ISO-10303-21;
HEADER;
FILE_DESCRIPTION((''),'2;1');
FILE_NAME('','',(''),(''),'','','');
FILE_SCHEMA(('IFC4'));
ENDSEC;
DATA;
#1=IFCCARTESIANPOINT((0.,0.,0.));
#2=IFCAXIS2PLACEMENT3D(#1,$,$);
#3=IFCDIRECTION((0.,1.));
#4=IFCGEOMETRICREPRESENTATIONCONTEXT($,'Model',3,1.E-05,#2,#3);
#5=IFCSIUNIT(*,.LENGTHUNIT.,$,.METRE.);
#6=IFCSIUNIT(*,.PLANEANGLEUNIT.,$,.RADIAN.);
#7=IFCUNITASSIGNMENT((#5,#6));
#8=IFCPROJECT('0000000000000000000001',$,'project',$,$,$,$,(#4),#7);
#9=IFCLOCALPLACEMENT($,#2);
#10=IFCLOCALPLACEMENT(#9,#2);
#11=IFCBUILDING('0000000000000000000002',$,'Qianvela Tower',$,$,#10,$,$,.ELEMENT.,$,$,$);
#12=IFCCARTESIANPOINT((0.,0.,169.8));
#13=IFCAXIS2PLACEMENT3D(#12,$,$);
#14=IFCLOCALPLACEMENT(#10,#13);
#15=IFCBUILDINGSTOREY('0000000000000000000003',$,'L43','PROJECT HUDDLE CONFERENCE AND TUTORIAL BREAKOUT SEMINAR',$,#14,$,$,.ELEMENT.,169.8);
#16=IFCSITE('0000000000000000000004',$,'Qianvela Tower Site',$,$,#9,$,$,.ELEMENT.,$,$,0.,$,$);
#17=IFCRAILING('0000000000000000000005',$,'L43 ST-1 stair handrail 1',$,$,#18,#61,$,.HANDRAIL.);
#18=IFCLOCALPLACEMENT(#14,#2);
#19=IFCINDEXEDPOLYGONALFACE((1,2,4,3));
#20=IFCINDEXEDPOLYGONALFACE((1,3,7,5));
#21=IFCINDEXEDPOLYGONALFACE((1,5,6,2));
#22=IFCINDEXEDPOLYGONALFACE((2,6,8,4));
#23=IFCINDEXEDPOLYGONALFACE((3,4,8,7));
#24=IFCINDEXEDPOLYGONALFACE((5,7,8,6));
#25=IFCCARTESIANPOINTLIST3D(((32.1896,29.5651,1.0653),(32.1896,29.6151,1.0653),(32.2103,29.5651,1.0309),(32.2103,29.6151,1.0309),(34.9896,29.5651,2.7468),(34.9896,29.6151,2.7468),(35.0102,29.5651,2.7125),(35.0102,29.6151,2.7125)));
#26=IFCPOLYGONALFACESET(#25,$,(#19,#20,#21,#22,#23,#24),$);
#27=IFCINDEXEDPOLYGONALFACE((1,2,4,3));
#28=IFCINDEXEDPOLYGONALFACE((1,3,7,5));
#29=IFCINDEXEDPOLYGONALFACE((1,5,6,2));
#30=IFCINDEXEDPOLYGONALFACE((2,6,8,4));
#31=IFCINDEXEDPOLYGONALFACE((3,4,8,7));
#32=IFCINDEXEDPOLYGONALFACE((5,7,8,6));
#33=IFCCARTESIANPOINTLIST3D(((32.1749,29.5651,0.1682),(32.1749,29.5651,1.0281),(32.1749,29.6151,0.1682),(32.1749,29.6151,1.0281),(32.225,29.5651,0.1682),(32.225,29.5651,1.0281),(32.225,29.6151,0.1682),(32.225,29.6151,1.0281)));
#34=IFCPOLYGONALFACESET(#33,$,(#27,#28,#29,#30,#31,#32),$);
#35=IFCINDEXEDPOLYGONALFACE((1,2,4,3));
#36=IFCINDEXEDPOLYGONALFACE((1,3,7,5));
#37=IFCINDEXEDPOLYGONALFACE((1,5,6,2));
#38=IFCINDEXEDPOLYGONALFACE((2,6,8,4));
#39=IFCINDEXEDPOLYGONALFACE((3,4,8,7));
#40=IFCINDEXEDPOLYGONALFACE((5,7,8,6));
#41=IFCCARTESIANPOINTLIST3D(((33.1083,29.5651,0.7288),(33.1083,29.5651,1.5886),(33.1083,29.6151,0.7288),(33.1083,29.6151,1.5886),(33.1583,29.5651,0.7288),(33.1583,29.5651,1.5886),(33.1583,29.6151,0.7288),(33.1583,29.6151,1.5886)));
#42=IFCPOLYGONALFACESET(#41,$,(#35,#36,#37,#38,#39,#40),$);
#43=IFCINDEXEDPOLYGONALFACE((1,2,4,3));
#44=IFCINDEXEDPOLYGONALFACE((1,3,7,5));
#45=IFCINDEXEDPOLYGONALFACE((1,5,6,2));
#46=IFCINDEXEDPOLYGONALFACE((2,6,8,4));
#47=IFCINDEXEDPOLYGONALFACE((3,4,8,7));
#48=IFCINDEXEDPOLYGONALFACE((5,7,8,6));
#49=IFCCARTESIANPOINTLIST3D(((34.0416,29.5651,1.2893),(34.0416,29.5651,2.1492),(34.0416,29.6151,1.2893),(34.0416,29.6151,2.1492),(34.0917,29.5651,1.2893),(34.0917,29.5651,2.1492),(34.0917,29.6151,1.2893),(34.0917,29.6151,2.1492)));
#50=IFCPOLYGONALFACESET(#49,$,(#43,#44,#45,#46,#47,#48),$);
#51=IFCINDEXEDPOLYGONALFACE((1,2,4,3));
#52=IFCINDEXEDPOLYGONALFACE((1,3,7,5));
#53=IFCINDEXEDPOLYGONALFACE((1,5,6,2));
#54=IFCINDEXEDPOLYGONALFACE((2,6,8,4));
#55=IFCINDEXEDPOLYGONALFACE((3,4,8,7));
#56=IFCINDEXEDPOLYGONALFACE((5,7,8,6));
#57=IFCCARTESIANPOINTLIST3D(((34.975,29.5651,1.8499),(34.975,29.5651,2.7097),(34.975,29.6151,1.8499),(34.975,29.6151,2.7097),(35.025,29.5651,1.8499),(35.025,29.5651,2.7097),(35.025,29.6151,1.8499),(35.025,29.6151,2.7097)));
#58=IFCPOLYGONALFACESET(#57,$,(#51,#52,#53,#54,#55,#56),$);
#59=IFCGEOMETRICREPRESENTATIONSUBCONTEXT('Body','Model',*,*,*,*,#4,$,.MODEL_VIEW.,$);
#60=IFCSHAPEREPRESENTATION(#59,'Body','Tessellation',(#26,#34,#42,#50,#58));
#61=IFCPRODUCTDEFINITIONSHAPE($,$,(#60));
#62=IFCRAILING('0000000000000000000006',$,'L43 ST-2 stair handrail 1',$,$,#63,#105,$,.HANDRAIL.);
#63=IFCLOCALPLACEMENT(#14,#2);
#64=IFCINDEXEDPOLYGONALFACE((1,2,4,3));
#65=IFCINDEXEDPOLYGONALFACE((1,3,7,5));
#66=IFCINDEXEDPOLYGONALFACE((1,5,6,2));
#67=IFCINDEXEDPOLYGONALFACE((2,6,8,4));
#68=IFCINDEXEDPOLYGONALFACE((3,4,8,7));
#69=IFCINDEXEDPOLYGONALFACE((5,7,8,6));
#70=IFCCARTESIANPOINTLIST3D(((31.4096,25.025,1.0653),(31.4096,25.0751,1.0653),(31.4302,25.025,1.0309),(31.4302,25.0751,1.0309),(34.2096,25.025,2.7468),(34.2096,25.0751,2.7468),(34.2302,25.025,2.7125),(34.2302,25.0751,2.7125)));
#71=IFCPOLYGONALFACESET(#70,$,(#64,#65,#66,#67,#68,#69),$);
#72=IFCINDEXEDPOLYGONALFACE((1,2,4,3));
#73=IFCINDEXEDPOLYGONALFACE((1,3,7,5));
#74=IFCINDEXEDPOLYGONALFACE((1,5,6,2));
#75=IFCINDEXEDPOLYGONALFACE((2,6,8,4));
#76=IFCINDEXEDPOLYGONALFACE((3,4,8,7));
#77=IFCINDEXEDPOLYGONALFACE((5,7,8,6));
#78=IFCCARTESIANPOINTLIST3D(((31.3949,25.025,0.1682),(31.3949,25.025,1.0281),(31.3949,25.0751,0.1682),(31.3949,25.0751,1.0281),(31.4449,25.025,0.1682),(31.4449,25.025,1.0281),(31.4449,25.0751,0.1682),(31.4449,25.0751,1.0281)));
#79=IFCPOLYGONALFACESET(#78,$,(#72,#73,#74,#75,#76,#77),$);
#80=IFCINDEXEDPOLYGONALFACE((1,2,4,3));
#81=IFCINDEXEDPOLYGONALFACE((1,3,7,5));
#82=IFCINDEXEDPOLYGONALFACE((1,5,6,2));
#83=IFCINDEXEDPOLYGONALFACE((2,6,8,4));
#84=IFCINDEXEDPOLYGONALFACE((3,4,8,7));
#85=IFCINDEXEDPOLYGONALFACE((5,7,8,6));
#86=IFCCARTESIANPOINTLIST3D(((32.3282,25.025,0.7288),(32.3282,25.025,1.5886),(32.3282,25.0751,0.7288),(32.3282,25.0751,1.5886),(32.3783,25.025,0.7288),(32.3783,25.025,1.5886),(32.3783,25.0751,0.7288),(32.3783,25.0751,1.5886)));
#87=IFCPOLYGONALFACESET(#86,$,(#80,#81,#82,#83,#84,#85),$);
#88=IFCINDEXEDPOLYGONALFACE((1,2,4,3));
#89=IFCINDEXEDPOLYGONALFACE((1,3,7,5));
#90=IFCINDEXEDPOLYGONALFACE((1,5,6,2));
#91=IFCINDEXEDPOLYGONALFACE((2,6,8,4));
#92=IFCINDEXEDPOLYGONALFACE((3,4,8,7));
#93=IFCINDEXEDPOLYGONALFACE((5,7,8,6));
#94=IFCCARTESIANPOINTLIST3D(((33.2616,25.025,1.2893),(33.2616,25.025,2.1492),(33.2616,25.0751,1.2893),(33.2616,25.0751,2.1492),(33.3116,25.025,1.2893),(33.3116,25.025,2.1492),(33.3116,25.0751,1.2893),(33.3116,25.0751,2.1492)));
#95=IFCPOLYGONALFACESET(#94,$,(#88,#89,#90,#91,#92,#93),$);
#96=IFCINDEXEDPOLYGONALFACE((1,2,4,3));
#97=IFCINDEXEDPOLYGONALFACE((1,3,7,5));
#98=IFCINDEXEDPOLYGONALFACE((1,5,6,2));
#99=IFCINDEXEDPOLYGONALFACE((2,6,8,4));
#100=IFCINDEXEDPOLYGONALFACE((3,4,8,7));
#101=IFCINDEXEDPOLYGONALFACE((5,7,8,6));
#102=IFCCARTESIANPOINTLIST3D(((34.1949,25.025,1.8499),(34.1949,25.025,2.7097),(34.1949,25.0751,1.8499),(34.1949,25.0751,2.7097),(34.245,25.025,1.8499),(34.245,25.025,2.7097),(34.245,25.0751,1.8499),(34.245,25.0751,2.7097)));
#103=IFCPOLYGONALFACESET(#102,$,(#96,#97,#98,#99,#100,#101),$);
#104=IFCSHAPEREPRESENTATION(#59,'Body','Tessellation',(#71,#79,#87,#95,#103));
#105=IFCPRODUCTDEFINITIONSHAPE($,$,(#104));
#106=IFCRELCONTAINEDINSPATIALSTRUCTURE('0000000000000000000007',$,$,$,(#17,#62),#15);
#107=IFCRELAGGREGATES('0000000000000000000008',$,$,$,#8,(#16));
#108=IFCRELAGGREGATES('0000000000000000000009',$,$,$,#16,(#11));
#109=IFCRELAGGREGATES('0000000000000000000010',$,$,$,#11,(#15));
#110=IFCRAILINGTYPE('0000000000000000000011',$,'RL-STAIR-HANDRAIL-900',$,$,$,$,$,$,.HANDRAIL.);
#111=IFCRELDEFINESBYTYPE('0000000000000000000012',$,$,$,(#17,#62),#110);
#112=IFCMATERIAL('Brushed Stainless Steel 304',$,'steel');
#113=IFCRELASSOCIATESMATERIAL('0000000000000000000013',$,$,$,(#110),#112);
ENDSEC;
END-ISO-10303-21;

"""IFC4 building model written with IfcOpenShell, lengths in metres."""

from ifc_helpers import new_model, si_unit, direction, frame, origin, origin_2d, place, context, subcontext, project, spatial, rectangle, extrude, material, type_object, element, save


model = new_model("IFC4")

# Units and contexts
model_context = context("Model", 3, precision=1e-05, world=origin(), true_north=direction((0.0, 1.0)))
body_context = subcontext(model_context, "Body", "Model", "MODEL_VIEW")
ifc_project = project(units=[si_unit("LENGTHUNIT", "METRE"), si_unit("PLANEANGLEUNIT", "RADIAN")], contexts=[model_context])

# Site, building, storey
site_placement = place(None, origin())
site = spatial("IfcSite", under=ifc_project, at=site_placement, Name="Qianvela Tower Site", CompositionType="ELEMENT", RefElevation=0.0)
building_placement = place(site_placement, origin())
building = spatial("IfcBuilding", under=site, at=building_placement, Name="Qianvela Tower", CompositionType="ELEMENT")
storey_placement = place(building_placement, frame((0.0, 0.0, 169.8)))
storey = spatial("IfcBuildingStorey", under=building, at=storey_placement, Name="L43", Description="PROJECT HUDDLE CONFERENCE AND TUTORIAL BREAKOUT SEMINAR", CompositionType="ELEMENT", Elevation=169.8)

# Railings
ifc_material_1 = material(Name="Brushed Stainless Steel 304", Category="steel")
railing_type_1 = type_object("IfcRailingType", Name="RL-STAIR-HANDRAIL-900", PredefinedType="HANDRAIL", material=ifc_material_1)
for number, where, name in (
    (1, (32.2, 29.5901, 0.1682), "L43 ST-1 stair handrail 1"),
    (2, (31.4199, 25.05, 0.1682), "L43 ST-2 stair handrail 1"),
):
    element("IfcRailing", number, at=place(storey_placement, frame(where)), inside=storey, type_object=railing_type_1, Name=name, PredefinedType="HANDRAIL", context=body_context, shape_type="SweptSolid", body=[
        extrude(rectangle(XDim=0.05, YDim=0.04, at=origin_2d()), frame((0.0, 0.0, 0.8799), z_axis=(0.857275, 0.0, 0.514858), x_axis=(0.0, 1.0, 0.0)), (0.0, 0.0, 1.0), 3.2661),
        extrude(rectangle(XDim=0.05, YDim=0.05, at=origin_2d()), origin(), (0.0, 0.0, 1.0), 0.8599),
        extrude(rectangle(XDim=0.05, YDim=0.05, at=origin_2d()), frame((0.9333, 0.0, 0.5605)), (0.0, 0.0, 1.0), 0.8599),
        extrude(rectangle(XDim=0.05, YDim=0.05, at=origin_2d()), frame((1.8667, 0.0, 1.1211)), (0.0, 0.0, 1.0), 0.8599),
        extrude(rectangle(XDim=0.05, YDim=0.05, at=origin_2d()), frame((2.8, 0.0, 1.6816)), (0.0, 0.0, 1.0), 0.8599),
    ])

save(model, "model.ifc")
